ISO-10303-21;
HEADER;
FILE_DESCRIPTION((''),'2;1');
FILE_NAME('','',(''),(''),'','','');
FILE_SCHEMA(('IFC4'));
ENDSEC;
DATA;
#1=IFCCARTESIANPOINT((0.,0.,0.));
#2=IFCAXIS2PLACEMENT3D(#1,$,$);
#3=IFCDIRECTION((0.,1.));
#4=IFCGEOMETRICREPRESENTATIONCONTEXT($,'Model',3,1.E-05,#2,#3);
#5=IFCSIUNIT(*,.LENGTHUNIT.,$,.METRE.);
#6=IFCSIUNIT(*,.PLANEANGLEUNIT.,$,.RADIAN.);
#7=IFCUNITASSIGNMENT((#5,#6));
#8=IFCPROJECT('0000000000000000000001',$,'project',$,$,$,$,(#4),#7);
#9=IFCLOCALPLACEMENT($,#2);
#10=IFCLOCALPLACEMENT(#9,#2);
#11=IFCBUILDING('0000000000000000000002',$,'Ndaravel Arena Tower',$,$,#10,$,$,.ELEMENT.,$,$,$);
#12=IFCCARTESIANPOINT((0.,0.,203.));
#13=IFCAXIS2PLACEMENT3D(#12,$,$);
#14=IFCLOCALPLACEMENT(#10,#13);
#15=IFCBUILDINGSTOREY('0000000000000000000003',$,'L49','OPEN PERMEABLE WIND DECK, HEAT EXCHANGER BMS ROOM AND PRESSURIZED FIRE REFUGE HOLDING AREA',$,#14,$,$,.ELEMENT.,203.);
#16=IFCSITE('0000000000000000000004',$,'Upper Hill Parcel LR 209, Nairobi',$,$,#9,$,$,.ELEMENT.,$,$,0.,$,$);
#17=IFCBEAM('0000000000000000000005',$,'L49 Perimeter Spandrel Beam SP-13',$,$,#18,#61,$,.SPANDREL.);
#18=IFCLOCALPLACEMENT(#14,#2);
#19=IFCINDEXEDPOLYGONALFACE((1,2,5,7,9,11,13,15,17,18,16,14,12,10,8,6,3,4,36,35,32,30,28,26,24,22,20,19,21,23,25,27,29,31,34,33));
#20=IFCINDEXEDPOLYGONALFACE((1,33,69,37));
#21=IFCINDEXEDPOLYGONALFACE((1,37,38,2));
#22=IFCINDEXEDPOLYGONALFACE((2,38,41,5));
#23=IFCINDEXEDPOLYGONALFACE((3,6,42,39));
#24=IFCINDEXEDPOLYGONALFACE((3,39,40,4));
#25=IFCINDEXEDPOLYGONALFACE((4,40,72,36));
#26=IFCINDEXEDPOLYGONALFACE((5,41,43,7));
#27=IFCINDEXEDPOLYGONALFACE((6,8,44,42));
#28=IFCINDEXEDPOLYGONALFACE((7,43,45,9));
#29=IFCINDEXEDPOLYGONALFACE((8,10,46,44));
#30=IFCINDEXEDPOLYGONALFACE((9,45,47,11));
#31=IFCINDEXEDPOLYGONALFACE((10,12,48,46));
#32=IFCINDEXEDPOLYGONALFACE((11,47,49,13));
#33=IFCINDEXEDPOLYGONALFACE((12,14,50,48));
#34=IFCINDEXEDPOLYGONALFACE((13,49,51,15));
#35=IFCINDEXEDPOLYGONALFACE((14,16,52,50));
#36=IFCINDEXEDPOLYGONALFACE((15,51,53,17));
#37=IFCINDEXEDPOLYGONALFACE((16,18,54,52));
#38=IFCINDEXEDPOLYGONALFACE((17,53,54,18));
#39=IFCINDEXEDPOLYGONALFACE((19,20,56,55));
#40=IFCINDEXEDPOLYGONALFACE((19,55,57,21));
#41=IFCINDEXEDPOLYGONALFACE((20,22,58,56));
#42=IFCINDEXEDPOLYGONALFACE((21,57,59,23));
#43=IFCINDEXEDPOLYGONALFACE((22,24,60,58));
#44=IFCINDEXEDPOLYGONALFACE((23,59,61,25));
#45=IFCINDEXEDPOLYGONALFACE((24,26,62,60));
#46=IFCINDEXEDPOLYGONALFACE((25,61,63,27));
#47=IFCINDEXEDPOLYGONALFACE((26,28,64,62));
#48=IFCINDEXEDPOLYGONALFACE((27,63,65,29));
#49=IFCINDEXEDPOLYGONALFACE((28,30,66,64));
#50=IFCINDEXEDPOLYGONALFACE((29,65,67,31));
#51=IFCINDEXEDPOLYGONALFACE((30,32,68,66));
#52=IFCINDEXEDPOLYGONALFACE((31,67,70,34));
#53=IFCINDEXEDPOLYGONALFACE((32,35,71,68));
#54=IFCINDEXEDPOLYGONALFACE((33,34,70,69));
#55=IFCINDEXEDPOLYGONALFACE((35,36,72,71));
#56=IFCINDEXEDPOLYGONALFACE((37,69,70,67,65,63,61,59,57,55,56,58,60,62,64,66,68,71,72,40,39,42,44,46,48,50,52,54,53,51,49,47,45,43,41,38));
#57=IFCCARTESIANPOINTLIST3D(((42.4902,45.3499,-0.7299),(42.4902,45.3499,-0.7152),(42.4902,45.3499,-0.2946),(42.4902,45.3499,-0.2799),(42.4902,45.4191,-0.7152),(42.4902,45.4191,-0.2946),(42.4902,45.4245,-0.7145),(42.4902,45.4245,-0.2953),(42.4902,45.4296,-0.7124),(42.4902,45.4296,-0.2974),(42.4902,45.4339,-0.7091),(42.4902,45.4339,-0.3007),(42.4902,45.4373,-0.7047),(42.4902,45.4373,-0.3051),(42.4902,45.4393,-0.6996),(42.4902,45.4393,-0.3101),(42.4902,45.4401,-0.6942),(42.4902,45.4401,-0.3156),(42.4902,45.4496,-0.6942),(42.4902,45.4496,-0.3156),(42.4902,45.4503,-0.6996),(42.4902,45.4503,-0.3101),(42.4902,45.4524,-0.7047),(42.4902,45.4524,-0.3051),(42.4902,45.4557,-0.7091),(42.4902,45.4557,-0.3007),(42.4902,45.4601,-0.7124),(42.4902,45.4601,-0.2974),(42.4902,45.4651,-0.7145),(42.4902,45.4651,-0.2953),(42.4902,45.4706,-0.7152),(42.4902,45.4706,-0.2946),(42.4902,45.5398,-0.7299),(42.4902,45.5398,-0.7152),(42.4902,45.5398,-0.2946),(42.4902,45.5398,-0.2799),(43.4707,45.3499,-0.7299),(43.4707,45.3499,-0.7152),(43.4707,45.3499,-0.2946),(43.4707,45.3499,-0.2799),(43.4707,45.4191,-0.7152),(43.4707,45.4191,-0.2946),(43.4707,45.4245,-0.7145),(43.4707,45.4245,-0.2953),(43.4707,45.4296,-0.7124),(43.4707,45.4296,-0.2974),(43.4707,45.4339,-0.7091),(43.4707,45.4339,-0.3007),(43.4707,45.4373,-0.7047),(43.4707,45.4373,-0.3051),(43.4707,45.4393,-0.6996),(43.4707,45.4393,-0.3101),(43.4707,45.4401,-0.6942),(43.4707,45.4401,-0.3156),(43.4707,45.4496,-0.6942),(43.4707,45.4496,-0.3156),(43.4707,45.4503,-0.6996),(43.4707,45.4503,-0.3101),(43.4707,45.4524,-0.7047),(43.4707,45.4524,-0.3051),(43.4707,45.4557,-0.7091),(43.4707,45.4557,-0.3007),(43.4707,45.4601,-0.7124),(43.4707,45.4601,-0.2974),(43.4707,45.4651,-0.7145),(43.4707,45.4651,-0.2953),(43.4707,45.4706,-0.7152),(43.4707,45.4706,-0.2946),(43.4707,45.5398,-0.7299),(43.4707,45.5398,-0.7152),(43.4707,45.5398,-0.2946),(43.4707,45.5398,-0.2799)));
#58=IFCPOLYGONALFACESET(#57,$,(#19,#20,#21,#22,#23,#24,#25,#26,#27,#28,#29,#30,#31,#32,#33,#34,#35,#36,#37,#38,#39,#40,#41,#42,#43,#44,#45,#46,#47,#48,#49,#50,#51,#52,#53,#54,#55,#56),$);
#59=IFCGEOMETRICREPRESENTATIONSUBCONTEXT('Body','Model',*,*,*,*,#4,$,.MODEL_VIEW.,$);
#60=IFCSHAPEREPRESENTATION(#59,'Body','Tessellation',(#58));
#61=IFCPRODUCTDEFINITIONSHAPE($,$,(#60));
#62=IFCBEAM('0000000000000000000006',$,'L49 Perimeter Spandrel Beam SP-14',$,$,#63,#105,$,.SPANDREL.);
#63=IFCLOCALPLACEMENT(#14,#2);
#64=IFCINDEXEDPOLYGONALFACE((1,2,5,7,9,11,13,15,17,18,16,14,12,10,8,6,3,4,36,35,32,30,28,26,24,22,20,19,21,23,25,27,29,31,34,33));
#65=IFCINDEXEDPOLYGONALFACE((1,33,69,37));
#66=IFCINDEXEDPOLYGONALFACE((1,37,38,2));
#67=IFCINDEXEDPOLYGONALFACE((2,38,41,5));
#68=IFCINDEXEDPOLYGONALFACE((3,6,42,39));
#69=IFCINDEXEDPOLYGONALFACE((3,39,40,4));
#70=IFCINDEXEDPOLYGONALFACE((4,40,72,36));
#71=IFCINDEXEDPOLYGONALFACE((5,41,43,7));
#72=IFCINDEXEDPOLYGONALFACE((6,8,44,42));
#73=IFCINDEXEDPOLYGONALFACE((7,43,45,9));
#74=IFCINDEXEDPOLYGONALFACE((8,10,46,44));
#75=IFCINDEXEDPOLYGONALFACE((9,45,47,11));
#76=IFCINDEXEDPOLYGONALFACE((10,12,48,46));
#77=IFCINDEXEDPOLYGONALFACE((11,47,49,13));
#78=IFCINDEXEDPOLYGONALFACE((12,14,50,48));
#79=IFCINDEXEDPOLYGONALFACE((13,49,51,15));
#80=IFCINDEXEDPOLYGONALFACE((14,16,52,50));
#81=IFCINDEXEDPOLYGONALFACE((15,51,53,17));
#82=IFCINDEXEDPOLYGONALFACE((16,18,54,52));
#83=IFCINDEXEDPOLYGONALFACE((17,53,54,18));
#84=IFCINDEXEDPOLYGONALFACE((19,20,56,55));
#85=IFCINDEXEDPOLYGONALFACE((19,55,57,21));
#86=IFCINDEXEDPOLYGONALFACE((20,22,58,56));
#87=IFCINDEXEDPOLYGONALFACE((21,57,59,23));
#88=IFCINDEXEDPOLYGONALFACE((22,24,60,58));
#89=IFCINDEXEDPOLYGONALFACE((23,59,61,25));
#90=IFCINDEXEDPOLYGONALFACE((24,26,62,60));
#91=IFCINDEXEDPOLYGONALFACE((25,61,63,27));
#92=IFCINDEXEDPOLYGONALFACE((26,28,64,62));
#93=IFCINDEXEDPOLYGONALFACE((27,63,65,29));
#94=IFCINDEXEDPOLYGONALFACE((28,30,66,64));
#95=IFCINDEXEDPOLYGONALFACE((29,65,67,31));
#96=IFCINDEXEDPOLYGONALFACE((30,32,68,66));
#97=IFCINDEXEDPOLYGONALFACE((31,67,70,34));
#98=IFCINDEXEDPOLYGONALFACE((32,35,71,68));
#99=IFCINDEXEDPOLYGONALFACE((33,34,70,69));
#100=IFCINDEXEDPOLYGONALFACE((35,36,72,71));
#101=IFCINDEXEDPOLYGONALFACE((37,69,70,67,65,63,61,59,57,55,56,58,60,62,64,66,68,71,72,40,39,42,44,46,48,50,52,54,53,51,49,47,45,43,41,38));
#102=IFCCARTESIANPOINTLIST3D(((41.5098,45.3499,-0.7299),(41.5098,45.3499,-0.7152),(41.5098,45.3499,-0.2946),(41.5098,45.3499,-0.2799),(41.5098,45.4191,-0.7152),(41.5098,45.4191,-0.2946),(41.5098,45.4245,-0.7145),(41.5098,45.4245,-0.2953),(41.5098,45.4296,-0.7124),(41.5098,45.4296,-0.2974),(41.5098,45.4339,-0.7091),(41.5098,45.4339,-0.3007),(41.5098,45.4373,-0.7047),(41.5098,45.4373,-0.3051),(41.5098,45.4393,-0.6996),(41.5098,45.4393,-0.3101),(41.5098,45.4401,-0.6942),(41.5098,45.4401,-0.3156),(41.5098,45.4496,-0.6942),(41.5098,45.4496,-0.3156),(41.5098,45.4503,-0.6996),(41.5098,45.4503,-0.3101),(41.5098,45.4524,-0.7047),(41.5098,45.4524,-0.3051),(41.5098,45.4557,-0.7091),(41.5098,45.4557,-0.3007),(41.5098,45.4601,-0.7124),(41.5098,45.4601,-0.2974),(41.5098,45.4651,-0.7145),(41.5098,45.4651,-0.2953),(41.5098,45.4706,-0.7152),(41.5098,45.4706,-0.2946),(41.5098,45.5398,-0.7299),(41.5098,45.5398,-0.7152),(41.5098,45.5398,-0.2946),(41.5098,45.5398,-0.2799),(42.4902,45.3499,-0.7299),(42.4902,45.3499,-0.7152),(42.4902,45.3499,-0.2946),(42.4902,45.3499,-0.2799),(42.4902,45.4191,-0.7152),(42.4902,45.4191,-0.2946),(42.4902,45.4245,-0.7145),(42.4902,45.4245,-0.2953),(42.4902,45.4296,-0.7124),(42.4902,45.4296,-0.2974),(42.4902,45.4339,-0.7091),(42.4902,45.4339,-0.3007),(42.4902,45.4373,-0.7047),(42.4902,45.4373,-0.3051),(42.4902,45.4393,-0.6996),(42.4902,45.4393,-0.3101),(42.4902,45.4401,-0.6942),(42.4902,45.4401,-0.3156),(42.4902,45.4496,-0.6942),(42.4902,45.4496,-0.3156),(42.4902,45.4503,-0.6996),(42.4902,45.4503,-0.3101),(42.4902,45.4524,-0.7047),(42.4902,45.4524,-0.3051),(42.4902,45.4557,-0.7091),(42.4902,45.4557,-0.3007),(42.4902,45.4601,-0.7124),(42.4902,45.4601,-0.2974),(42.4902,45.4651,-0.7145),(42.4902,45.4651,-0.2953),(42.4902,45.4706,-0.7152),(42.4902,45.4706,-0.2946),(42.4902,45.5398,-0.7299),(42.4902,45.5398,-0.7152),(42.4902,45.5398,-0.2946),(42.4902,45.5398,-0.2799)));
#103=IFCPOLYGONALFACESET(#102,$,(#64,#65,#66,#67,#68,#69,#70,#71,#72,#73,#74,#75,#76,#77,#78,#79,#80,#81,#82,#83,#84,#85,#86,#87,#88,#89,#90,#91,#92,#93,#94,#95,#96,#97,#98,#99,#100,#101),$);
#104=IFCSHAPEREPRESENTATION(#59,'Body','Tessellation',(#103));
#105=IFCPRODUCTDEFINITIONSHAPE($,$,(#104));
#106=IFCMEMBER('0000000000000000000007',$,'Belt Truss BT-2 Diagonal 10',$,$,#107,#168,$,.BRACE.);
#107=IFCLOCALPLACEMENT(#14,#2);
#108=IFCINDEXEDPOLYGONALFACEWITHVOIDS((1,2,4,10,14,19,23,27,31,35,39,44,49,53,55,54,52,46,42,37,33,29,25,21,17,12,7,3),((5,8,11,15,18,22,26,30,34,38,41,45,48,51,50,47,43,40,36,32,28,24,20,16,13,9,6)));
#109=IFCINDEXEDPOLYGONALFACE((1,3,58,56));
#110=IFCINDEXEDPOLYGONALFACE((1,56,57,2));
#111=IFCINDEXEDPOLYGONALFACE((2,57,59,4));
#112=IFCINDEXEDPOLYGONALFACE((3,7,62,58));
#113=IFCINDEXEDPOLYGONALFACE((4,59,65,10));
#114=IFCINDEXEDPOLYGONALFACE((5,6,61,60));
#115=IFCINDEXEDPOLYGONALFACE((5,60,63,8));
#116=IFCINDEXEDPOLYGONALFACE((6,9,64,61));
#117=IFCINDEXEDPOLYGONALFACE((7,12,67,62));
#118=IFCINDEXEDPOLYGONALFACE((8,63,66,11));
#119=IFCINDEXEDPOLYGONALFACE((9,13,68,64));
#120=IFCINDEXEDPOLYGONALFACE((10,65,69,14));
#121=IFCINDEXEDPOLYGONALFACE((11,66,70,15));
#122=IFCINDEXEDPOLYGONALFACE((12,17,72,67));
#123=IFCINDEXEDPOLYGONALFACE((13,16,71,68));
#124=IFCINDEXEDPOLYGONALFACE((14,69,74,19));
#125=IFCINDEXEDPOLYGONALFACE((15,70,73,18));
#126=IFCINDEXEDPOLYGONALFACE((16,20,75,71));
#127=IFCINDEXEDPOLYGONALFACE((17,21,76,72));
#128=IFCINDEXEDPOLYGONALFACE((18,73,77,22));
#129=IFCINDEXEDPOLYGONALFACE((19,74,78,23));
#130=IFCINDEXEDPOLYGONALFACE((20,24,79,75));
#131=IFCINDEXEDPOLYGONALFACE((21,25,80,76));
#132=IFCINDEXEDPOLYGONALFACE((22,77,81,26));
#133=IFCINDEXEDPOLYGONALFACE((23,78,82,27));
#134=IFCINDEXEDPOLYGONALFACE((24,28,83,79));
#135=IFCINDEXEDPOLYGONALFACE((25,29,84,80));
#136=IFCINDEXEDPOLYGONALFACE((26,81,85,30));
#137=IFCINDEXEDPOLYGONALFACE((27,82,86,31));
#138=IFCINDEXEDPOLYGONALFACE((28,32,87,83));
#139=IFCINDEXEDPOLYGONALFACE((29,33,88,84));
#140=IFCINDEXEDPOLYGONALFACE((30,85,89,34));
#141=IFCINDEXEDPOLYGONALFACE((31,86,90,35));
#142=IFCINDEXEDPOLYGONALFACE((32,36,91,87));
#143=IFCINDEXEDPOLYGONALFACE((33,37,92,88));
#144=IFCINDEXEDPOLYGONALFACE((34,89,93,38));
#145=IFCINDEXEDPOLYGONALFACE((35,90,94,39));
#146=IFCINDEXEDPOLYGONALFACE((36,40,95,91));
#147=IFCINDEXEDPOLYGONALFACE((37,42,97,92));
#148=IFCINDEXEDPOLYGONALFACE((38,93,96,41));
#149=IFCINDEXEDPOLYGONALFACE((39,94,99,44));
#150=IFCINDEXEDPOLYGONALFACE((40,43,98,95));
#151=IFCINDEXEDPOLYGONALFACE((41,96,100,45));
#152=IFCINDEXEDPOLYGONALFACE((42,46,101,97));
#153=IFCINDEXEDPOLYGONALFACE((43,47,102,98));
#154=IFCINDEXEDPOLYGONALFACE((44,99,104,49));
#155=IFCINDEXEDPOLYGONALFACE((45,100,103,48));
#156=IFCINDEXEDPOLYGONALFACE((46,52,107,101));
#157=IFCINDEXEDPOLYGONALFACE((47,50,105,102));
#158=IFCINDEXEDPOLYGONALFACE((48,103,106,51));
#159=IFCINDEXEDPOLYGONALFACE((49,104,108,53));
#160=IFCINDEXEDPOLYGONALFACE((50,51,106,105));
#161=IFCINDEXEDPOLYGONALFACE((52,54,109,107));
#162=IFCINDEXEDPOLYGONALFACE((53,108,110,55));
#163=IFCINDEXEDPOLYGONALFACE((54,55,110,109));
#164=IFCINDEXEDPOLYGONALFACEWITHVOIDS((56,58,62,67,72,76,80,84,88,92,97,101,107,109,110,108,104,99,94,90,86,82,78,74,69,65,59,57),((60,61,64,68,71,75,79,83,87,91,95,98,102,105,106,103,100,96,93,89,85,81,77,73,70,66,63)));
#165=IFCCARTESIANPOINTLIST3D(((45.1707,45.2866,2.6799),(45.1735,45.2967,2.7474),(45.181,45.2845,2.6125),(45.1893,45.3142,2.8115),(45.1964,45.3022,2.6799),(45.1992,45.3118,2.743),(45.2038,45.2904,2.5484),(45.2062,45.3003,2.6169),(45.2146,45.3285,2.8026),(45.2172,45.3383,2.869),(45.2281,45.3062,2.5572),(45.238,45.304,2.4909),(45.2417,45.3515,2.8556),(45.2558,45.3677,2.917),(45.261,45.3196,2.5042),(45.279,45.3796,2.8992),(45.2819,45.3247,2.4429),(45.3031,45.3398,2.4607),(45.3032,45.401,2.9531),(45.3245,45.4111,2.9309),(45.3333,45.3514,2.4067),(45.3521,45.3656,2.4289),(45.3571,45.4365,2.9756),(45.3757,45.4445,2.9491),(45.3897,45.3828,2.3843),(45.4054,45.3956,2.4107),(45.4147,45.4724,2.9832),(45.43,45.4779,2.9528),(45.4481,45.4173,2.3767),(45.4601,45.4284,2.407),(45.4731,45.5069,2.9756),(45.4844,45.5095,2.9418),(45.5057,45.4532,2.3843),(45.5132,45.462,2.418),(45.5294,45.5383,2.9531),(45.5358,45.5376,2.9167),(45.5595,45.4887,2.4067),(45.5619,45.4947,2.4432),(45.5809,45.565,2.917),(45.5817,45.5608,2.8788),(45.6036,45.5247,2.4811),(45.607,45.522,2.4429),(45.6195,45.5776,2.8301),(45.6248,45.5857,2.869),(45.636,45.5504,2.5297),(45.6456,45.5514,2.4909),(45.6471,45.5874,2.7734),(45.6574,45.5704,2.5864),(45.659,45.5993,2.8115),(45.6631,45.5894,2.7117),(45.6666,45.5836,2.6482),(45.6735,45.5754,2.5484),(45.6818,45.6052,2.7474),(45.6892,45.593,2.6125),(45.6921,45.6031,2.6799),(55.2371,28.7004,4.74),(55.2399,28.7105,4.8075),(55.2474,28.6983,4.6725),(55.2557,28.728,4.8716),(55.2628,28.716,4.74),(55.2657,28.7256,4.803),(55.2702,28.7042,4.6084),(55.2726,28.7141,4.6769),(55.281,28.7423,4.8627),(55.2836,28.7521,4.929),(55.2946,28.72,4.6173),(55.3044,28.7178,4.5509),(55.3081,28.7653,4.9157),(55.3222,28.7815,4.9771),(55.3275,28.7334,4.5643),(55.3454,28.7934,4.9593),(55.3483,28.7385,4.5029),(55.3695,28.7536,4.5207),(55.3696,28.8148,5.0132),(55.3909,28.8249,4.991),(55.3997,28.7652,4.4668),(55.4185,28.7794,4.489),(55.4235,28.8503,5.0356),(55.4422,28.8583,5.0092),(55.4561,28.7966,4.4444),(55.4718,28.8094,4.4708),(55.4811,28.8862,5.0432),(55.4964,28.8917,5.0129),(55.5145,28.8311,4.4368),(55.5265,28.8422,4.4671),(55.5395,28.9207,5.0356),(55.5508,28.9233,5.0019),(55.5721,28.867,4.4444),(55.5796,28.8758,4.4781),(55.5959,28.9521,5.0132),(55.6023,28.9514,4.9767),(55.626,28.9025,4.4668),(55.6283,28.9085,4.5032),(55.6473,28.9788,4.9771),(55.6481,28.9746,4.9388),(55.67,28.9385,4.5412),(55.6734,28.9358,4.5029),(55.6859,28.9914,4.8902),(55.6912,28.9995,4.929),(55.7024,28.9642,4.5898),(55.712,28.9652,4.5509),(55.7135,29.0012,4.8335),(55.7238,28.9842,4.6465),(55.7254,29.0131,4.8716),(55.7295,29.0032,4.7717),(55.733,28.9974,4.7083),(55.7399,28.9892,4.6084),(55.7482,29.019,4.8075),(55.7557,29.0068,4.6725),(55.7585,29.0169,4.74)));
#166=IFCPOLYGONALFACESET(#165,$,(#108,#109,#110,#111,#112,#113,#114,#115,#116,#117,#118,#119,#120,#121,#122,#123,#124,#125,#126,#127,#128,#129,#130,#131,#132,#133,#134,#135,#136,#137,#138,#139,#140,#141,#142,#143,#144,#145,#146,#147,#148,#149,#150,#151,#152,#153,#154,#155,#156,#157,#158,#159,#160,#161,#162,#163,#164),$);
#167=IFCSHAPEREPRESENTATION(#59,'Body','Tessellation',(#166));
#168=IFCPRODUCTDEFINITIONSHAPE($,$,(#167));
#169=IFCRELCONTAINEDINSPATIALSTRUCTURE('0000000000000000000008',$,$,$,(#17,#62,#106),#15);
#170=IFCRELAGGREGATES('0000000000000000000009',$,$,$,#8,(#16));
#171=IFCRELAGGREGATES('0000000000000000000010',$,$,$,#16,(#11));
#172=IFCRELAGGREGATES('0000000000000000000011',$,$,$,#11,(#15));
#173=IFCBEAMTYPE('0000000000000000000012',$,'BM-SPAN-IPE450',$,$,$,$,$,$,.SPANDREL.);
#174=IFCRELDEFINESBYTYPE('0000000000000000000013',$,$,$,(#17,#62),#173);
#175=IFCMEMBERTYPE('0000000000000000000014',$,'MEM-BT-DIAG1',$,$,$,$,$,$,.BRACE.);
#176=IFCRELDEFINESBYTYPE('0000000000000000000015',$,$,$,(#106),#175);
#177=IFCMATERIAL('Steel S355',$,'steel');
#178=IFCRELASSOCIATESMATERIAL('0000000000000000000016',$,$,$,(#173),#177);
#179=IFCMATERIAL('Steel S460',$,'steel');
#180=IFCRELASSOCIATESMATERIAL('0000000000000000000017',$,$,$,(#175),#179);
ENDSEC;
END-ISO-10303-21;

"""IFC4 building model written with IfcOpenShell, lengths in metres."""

from ifc_helpers import new_model, si_unit, direction, frame, origin, origin_2d, place, context, subcontext, project, spatial, hollow_circle, i_section, extrude, material, material_profile, profile_set, type_object, element, save


model = new_model("IFC4")

# Units and contexts
model_context = context("Model", 3, precision=1e-05, world=origin(), true_north=direction((0.0, 1.0)))
body_context = subcontext(model_context, "Body", "Model", "MODEL_VIEW")
ifc_project = project(units=[si_unit("LENGTHUNIT", "METRE"), si_unit("PLANEANGLEUNIT", "RADIAN")], contexts=[model_context])

# Site, building, storey
site_placement = place(None, origin())
site = spatial("IfcSite", under=ifc_project, at=site_placement, Name="Upper Hill Parcel LR 209, Nairobi", CompositionType="ELEMENT", RefElevation=0.0)
building_placement = place(site_placement, origin())
building = spatial("IfcBuilding", under=site, at=building_placement, Name="Ndaravel Arena Tower", CompositionType="ELEMENT")
storey_placement = place(building_placement, frame((0.0, 0.0, 203.0)))
storey = spatial("IfcBuildingStorey", under=building, at=storey_placement, Name="L49", Description="OPEN PERMEABLE WIND DECK, HEAT EXCHANGER BMS ROOM AND PRESSURIZED FIRE REFUGE HOLDING AREA", CompositionType="ELEMENT", Elevation=203.0)

# Beams
ifc_material_1 = material(Name="Steel S355", Category="steel")
ifc_material_profile_1 = material_profile(ifc_material_1, i_section(OverallWidth=0.1899, OverallDepth=0.45, WebThickness=0.0095, FlangeThickness=0.0146, FilletRadius=0.021, at=origin_2d()), Name="IPE 450")
ifc_profile_set_1 = profile_set([ifc_material_profile_1], Name="Steel S355")
beam_type_1 = type_object("IfcBeamType", Name="BM-SPAN-IPE450", PredefinedType="SPANDREL", material=ifc_profile_set_1)
for number, where, z_axis, x_axis, name in (
    (1, (43.4707, 45.4448, -0.5049), (-1.0, 0.0, 0.0), (0.0, -1.0, 0.0), "L49 Perimeter Spandrel Beam SP-13"),
    (2, (42.4902, 45.4448, -0.5049), (-1.0, 0.0, 0.0), (0.0, -1.0, 0.0), "L49 Perimeter Spandrel Beam SP-14"),
):
    element("IfcBeam", number, at=place(storey_placement, frame(where, z_axis=z_axis, x_axis=x_axis)), inside=storey, type_object=beam_type_1, Name=name, PredefinedType="SPANDREL", context=body_context, shape_type="SweptSolid", body=[
        extrude(i_section(OverallWidth=0.1899, OverallDepth=0.45, WebThickness=0.0095, FlangeThickness=0.0146, FilletRadius=0.021, at=origin_2d()), origin(), (0.0, 0.0, 1.0), 0.9805),
    ])

# Member
ifc_material_2 = material(Name="Steel S460", Category="steel")
ifc_material_profile_2 = material_profile(ifc_material_2, hollow_circle(Radius=0.3049, WallThickness=0.03, at=origin_2d()), Name="CHS 610x30")
ifc_profile_set_2 = profile_set([ifc_material_profile_2], Name="Steel S460")
member_type_1 = type_object("IfcMemberType", Name="MEM-BT-DIAG1", PredefinedType="BRACE", material=ifc_profile_set_2)
member_1_placement = place(storey_placement, frame((55.4978, 28.8586, 4.74), z_axis=(-0.515936, 0.850095, -0.105585), x_axis=(-0.854874, -0.518836, 0.0)))
element("IfcMember", 3, at=member_1_placement, inside=storey, type_object=member_type_1, Name="Belt Truss BT-2 Diagonal 10", PredefinedType="BRACE", context=body_context, shape_type="SweptSolid", body=[
    extrude(hollow_circle(Radius=0.3049, WallThickness=0.03, at=origin_2d()), origin(), (0.0, 0.0, 1.0), 19.511),
])

save(model, "model.ifc")
